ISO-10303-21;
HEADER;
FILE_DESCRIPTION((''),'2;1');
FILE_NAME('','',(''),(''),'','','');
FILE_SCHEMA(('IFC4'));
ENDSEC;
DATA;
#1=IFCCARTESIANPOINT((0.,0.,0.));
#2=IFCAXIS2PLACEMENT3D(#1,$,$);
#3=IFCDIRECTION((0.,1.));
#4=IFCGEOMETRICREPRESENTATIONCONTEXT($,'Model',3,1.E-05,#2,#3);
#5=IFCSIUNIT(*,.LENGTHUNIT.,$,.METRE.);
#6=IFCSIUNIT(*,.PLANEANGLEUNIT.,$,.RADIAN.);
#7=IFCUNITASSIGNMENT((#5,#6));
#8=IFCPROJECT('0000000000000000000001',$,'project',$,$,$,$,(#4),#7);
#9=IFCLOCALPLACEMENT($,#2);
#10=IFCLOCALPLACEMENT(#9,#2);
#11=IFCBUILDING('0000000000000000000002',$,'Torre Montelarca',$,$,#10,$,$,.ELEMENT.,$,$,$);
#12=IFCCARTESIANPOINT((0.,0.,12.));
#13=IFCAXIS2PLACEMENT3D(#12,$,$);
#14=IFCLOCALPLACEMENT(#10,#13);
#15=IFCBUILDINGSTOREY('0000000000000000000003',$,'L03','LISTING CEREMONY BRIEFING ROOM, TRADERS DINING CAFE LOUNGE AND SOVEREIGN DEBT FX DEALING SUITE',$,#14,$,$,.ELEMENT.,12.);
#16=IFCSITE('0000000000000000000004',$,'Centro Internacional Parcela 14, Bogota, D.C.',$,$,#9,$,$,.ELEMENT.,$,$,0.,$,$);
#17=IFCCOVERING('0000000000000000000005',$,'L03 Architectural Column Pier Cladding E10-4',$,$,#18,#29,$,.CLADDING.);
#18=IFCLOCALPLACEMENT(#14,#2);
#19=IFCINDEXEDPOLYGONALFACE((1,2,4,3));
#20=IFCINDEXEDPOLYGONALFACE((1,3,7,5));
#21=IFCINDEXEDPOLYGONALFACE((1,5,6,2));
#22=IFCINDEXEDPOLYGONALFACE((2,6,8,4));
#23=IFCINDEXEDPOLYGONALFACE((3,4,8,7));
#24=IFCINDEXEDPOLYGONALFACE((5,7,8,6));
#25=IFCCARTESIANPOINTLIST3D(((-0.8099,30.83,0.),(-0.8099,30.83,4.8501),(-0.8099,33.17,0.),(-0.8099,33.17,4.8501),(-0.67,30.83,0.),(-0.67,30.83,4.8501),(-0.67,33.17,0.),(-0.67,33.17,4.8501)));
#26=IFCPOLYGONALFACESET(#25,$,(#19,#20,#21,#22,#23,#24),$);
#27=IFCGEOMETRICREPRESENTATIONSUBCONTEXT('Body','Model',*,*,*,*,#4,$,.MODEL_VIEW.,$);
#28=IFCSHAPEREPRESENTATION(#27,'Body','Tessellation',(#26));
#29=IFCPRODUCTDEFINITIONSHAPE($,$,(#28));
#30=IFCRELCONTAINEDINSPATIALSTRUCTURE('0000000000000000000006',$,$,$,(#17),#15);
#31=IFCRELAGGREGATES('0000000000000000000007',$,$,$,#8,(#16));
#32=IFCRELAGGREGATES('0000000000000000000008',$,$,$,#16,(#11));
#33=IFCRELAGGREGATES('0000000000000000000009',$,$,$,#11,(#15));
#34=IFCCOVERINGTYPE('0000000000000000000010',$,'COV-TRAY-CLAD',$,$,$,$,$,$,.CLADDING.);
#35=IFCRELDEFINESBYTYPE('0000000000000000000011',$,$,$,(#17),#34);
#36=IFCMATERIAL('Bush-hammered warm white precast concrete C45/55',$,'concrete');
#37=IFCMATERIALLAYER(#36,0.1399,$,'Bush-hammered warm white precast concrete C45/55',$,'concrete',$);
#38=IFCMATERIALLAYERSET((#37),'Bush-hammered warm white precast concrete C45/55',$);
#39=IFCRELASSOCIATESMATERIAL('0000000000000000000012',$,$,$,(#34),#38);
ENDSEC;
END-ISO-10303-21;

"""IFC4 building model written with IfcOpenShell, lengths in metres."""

from ifc_helpers import new_model, si_unit, direction, frame, origin, origin_2d, place, context, subcontext, project, spatial, rectangle, extrude, source, transform, mapped, material, layer, layer_set, type_object, element, save


model = new_model("IFC4")

# Units and contexts
model_context = context("Model", 3, precision=1e-05, world=origin(), true_north=direction((0.0, 1.0)))
body_context = subcontext(model_context, "Body", "Model", "MODEL_VIEW")
ifc_project = project(units=[si_unit("LENGTHUNIT", "METRE"), si_unit("PLANEANGLEUNIT", "RADIAN")], contexts=[model_context])

# Site, building, storey
site_placement = place(None, origin())
site = spatial("IfcSite", under=ifc_project, at=site_placement, Name="Centro Internacional Parcela 14, Bogota, D.C.", CompositionType="ELEMENT", RefElevation=0.0)
building_placement = place(site_placement, origin())
building = spatial("IfcBuilding", under=site, at=building_placement, Name="Torre Montelarca", CompositionType="ELEMENT")
storey_placement = place(building_placement, frame((0.0, 0.0, 12.0)))
storey = spatial("IfcBuildingStorey", under=building, at=storey_placement, Name="L03", Description="LISTING CEREMONY BRIEFING ROOM, TRADERS DINING CAFE LOUNGE AND SOVEREIGN DEBT FX DEALING SUITE", CompositionType="ELEMENT", Elevation=12.0)

# Covering
ifc_material_1 = material(Name="Bush-hammered warm white precast concrete C45/55", Category="concrete")
ifc_layer_1 = layer(ifc_material_1, 0.1399, Name="Bush-hammered warm white precast concrete C45/55", Category="concrete")
ifc_layer_set_1 = layer_set([ifc_layer_1], Name="Bush-hammered warm white precast concrete C45/55")
covering_type = type_object("IfcCoveringType", Name="COV-TRAY-CLAD", PredefinedType="CLADDING", material=ifc_layer_set_1)
shared_shape_1 = source(origin(), body_context, "Body", "SweptSolid", [
    extrude(rectangle(XDim=2.3401, YDim=0.1399, at=origin_2d()), origin(), (0.0, 0.0, 1.0), 4.8501),
])
covering_1_placement = place(storey_placement, frame((-0.74, 32.0, 0.0), z_axis=(0.0, 0.0, 1.0), x_axis=(0.0, -1.0, 0.0)))
element("IfcCovering", 1, at=covering_1_placement, inside=storey, type_object=covering_type, Name="L03 Architectural Column Pier Cladding E10-4", PredefinedType="CLADDING", context=body_context, shape_type="MappedRepresentation", body=[
    mapped(shared_shape_1, transform((0.0, 0.0, 0.0), scale=1.0)),
])

save(model, "model.ifc")
